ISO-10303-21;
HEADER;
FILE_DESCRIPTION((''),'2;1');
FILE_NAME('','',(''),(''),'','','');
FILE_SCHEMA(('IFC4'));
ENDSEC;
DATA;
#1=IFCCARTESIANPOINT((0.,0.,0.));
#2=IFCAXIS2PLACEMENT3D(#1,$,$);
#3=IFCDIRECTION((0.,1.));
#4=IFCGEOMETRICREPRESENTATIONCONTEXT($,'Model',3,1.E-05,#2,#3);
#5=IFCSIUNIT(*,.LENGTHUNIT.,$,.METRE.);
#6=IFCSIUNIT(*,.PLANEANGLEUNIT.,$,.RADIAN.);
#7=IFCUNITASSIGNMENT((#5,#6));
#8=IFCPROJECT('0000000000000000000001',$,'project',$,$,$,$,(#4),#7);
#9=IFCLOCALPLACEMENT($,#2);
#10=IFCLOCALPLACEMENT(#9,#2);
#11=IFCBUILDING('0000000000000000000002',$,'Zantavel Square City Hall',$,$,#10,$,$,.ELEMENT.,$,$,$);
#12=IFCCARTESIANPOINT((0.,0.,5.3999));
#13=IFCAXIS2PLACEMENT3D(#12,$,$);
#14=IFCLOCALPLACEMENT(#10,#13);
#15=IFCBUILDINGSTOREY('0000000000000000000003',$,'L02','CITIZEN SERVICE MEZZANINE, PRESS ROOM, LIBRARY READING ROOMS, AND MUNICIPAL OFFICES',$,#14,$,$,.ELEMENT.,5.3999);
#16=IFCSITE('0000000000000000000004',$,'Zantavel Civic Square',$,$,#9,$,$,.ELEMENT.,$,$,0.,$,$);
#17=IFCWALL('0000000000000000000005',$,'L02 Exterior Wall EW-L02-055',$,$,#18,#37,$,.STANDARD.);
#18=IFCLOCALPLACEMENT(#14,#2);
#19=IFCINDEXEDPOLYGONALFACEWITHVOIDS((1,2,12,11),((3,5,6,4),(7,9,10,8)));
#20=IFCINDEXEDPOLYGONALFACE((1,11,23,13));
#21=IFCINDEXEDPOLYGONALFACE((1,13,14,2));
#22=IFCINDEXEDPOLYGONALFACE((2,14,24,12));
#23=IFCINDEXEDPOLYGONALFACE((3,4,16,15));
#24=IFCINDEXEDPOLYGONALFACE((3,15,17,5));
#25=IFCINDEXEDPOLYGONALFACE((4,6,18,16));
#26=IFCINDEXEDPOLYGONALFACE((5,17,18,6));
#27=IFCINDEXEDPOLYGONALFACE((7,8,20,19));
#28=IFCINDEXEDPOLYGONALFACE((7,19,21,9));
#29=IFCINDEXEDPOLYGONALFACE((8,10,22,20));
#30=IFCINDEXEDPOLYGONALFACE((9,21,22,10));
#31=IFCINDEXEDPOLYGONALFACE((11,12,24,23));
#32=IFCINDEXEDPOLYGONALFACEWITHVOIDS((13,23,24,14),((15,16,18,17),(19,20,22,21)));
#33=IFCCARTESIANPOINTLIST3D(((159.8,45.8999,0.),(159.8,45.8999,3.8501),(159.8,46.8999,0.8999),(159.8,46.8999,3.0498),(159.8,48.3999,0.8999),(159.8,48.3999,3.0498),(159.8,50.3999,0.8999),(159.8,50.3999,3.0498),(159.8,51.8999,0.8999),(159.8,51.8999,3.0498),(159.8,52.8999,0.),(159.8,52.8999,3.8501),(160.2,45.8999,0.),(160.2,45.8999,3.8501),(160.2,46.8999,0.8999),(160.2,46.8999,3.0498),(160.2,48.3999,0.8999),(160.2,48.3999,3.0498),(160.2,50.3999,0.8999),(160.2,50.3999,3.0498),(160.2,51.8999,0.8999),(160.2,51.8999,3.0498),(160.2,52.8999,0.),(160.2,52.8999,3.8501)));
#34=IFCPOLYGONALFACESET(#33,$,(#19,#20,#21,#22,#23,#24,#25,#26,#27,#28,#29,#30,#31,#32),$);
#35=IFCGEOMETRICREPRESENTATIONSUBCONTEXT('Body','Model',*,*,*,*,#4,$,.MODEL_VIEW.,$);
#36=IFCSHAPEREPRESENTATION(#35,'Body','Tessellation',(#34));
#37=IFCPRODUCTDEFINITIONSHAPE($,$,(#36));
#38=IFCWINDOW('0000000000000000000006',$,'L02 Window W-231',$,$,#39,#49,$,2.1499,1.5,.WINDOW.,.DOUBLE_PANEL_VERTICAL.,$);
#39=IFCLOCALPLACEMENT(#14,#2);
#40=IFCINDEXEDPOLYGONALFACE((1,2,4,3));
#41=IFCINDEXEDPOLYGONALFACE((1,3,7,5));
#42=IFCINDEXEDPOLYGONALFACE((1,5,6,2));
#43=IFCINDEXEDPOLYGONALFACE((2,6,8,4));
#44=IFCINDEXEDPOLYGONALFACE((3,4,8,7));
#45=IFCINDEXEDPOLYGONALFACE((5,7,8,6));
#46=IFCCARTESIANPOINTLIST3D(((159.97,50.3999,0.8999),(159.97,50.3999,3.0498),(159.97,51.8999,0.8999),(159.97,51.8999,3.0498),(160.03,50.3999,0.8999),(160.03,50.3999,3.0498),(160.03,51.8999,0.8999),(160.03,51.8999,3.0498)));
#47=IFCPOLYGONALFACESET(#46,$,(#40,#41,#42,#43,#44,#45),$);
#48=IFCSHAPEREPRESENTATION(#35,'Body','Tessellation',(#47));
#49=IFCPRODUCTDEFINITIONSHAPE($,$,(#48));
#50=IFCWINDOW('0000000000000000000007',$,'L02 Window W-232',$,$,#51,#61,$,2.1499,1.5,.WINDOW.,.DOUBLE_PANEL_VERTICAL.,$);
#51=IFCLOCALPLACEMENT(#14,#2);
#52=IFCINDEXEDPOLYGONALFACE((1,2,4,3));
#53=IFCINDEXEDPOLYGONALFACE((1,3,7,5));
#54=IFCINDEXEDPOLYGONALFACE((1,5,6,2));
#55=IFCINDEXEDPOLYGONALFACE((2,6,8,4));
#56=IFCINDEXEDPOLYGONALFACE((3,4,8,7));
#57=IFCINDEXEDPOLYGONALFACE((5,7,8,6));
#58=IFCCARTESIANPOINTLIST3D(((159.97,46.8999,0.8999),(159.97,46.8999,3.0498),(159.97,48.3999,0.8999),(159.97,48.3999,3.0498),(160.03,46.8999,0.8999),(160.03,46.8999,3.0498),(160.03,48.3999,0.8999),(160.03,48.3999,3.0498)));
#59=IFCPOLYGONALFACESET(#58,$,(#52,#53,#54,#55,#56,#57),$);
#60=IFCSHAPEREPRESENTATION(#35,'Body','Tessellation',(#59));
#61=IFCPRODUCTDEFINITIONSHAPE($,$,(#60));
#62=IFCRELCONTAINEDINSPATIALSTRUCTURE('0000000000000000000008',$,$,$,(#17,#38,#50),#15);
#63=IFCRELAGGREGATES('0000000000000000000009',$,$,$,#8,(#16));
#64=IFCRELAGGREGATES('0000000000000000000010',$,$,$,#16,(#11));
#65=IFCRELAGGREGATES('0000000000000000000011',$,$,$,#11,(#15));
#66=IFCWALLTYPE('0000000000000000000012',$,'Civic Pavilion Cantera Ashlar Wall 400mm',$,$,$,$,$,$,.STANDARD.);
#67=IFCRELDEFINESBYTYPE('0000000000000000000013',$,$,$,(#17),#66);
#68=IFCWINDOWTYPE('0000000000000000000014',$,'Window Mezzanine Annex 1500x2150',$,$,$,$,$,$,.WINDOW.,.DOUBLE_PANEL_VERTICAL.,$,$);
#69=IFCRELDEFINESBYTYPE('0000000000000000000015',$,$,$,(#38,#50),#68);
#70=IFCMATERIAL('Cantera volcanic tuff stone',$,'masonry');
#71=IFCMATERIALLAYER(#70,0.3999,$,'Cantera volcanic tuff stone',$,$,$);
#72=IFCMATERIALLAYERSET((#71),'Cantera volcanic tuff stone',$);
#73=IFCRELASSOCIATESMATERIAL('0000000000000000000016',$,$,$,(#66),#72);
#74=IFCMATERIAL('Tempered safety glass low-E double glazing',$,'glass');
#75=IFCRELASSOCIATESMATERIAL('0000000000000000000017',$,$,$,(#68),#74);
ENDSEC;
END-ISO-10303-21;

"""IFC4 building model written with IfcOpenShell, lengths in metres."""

from ifc_helpers import new_model, si_unit, direction, frame, frame_2d, origin, place, context, subcontext, project, spatial, rectangle, extrude, material, layer, layer_set, type_object, element, fill, save


model = new_model("IFC4")

# Units and contexts
model_context = context("Model", 3, precision=1e-05, world=origin(), true_north=direction((0.0, 1.0)))
body_context = subcontext(model_context, "Body", "Model", "MODEL_VIEW")
ifc_project = project(units=[si_unit("LENGTHUNIT", "METRE"), si_unit("PLANEANGLEUNIT", "RADIAN")], contexts=[model_context])

# Site, building, storey
site_placement = place(None, origin())
site = spatial("IfcSite", under=ifc_project, at=site_placement, Name="Zantavel Civic Square", CompositionType="ELEMENT", RefElevation=0.0)
building_placement = place(site_placement, origin())
building = spatial("IfcBuilding", under=site, at=building_placement, Name="Zantavel Square City Hall", CompositionType="ELEMENT")
storey_placement = place(building_placement, frame((0.0, 0.0, 5.3999)))
storey = spatial("IfcBuildingStorey", under=building, at=storey_placement, Name="L02", Description="CITIZEN SERVICE MEZZANINE, PRESS ROOM, LIBRARY READING ROOMS, AND MUNICIPAL OFFICES", CompositionType="ELEMENT", Elevation=5.3999)

# Shared definitions
ifc_material_1 = material(Name="Tempered safety glass low-E double glazing", Category="glass")

# Wall, openings, windows
ifc_material_2 = material(Name="Cantera volcanic tuff stone", Category="masonry")
ifc_layer_1 = layer(ifc_material_2, 0.3999, Name="Cantera volcanic tuff stone")
ifc_layer_set_1 = layer_set([ifc_layer_1], Name="Cantera volcanic tuff stone")
wall_type = type_object("IfcWallType", Name="Civic Pavilion Cantera Ashlar Wall 400mm", PredefinedType="STANDARD", material=ifc_layer_set_1)
wall_placement = place(storey_placement, frame((160.0, 52.8999, 0.0), z_axis=(0.0, 0.0, 1.0), x_axis=(0.0, -1.0, 0.0)))
wall = element("IfcWall", 1, at=wall_placement, inside=storey, type_object=wall_type, Name="L02 Exterior Wall EW-L02-055", PredefinedType="STANDARD", context=body_context, shape_type="SweptSolid", body=[
    extrude(rectangle(XDim=7.0, YDim=0.3999, at=frame_2d((3.5, 0.0))), origin(), (0.0, 0.0, 1.0), 3.8501),
])
opening_1_placement = place(wall_placement, frame((1.0, 0.0, 0.8999)))
opening_1 = element("IfcOpeningElement", 2, at=opening_1_placement, cuts=wall, PredefinedType="OPENING", context=body_context, shape_type="SweptSolid", body=[
    extrude(rectangle(XDim=1.5, YDim=2.1499, at=frame_2d((0.75, 1.075))), frame((0.0, 0.21, 0.0), z_axis=(0.0, -1.0, 0.0), x_axis=(1.0, 0.0, 0.0)), (0.0, 0.0, 1.0), 0.4199),
])
opening_2_placement = place(wall_placement, frame((4.5, 0.0, 0.8999)))
opening_2 = element("IfcOpeningElement", 3, at=opening_2_placement, cuts=wall, PredefinedType="OPENING", context=body_context, shape_type="SweptSolid", body=[
    extrude(rectangle(XDim=1.5, YDim=2.1499, at=frame_2d((0.75, 1.075))), frame((0.0, 0.21, 0.0), z_axis=(0.0, -1.0, 0.0), x_axis=(1.0, 0.0, 0.0)), (0.0, 0.0, 1.0), 0.4199),
])
window_type = type_object("IfcWindowType", Name="Window Mezzanine Annex 1500x2150", PartitioningType="DOUBLE_PANEL_VERTICAL", PredefinedType="WINDOW", material=ifc_material_1)
window_1_placement = place(opening_1_placement, origin())
window_1 = element("IfcWindow", 4, at=window_1_placement, inside=storey, type_object=window_type, Name="L02 Window W-231", OverallHeight=2.1499, OverallWidth=1.5, PartitioningType="DOUBLE_PANEL_VERTICAL", PredefinedType="WINDOW", context=body_context, shape_type="SweptSolid", body=[
    extrude(rectangle(XDim=1.5, YDim=2.1499, at=frame_2d((0.75, 1.075))), frame((0.0, 0.03, 0.0), z_axis=(0.0, -1.0, 0.0), x_axis=(1.0, 0.0, 0.0)), (0.0, 0.0, 1.0), 0.0601),
])
fill(opening_1, window_1)
window_2_placement = place(opening_2_placement, origin())
window_2 = element("IfcWindow", 5, at=window_2_placement, inside=storey, type_object=window_type, Name="L02 Window W-232", OverallHeight=2.1499, OverallWidth=1.5, PartitioningType="DOUBLE_PANEL_VERTICAL", PredefinedType="WINDOW", context=body_context, shape_type="SweptSolid", body=[
    extrude(rectangle(XDim=1.5, YDim=2.1499, at=frame_2d((0.75, 1.075))), frame((0.0, 0.03, 0.0), z_axis=(0.0, -1.0, 0.0), x_axis=(1.0, 0.0, 0.0)), (0.0, 0.0, 1.0), 0.0601),
])
fill(opening_2, window_2)

save(model, "model.ifc")
